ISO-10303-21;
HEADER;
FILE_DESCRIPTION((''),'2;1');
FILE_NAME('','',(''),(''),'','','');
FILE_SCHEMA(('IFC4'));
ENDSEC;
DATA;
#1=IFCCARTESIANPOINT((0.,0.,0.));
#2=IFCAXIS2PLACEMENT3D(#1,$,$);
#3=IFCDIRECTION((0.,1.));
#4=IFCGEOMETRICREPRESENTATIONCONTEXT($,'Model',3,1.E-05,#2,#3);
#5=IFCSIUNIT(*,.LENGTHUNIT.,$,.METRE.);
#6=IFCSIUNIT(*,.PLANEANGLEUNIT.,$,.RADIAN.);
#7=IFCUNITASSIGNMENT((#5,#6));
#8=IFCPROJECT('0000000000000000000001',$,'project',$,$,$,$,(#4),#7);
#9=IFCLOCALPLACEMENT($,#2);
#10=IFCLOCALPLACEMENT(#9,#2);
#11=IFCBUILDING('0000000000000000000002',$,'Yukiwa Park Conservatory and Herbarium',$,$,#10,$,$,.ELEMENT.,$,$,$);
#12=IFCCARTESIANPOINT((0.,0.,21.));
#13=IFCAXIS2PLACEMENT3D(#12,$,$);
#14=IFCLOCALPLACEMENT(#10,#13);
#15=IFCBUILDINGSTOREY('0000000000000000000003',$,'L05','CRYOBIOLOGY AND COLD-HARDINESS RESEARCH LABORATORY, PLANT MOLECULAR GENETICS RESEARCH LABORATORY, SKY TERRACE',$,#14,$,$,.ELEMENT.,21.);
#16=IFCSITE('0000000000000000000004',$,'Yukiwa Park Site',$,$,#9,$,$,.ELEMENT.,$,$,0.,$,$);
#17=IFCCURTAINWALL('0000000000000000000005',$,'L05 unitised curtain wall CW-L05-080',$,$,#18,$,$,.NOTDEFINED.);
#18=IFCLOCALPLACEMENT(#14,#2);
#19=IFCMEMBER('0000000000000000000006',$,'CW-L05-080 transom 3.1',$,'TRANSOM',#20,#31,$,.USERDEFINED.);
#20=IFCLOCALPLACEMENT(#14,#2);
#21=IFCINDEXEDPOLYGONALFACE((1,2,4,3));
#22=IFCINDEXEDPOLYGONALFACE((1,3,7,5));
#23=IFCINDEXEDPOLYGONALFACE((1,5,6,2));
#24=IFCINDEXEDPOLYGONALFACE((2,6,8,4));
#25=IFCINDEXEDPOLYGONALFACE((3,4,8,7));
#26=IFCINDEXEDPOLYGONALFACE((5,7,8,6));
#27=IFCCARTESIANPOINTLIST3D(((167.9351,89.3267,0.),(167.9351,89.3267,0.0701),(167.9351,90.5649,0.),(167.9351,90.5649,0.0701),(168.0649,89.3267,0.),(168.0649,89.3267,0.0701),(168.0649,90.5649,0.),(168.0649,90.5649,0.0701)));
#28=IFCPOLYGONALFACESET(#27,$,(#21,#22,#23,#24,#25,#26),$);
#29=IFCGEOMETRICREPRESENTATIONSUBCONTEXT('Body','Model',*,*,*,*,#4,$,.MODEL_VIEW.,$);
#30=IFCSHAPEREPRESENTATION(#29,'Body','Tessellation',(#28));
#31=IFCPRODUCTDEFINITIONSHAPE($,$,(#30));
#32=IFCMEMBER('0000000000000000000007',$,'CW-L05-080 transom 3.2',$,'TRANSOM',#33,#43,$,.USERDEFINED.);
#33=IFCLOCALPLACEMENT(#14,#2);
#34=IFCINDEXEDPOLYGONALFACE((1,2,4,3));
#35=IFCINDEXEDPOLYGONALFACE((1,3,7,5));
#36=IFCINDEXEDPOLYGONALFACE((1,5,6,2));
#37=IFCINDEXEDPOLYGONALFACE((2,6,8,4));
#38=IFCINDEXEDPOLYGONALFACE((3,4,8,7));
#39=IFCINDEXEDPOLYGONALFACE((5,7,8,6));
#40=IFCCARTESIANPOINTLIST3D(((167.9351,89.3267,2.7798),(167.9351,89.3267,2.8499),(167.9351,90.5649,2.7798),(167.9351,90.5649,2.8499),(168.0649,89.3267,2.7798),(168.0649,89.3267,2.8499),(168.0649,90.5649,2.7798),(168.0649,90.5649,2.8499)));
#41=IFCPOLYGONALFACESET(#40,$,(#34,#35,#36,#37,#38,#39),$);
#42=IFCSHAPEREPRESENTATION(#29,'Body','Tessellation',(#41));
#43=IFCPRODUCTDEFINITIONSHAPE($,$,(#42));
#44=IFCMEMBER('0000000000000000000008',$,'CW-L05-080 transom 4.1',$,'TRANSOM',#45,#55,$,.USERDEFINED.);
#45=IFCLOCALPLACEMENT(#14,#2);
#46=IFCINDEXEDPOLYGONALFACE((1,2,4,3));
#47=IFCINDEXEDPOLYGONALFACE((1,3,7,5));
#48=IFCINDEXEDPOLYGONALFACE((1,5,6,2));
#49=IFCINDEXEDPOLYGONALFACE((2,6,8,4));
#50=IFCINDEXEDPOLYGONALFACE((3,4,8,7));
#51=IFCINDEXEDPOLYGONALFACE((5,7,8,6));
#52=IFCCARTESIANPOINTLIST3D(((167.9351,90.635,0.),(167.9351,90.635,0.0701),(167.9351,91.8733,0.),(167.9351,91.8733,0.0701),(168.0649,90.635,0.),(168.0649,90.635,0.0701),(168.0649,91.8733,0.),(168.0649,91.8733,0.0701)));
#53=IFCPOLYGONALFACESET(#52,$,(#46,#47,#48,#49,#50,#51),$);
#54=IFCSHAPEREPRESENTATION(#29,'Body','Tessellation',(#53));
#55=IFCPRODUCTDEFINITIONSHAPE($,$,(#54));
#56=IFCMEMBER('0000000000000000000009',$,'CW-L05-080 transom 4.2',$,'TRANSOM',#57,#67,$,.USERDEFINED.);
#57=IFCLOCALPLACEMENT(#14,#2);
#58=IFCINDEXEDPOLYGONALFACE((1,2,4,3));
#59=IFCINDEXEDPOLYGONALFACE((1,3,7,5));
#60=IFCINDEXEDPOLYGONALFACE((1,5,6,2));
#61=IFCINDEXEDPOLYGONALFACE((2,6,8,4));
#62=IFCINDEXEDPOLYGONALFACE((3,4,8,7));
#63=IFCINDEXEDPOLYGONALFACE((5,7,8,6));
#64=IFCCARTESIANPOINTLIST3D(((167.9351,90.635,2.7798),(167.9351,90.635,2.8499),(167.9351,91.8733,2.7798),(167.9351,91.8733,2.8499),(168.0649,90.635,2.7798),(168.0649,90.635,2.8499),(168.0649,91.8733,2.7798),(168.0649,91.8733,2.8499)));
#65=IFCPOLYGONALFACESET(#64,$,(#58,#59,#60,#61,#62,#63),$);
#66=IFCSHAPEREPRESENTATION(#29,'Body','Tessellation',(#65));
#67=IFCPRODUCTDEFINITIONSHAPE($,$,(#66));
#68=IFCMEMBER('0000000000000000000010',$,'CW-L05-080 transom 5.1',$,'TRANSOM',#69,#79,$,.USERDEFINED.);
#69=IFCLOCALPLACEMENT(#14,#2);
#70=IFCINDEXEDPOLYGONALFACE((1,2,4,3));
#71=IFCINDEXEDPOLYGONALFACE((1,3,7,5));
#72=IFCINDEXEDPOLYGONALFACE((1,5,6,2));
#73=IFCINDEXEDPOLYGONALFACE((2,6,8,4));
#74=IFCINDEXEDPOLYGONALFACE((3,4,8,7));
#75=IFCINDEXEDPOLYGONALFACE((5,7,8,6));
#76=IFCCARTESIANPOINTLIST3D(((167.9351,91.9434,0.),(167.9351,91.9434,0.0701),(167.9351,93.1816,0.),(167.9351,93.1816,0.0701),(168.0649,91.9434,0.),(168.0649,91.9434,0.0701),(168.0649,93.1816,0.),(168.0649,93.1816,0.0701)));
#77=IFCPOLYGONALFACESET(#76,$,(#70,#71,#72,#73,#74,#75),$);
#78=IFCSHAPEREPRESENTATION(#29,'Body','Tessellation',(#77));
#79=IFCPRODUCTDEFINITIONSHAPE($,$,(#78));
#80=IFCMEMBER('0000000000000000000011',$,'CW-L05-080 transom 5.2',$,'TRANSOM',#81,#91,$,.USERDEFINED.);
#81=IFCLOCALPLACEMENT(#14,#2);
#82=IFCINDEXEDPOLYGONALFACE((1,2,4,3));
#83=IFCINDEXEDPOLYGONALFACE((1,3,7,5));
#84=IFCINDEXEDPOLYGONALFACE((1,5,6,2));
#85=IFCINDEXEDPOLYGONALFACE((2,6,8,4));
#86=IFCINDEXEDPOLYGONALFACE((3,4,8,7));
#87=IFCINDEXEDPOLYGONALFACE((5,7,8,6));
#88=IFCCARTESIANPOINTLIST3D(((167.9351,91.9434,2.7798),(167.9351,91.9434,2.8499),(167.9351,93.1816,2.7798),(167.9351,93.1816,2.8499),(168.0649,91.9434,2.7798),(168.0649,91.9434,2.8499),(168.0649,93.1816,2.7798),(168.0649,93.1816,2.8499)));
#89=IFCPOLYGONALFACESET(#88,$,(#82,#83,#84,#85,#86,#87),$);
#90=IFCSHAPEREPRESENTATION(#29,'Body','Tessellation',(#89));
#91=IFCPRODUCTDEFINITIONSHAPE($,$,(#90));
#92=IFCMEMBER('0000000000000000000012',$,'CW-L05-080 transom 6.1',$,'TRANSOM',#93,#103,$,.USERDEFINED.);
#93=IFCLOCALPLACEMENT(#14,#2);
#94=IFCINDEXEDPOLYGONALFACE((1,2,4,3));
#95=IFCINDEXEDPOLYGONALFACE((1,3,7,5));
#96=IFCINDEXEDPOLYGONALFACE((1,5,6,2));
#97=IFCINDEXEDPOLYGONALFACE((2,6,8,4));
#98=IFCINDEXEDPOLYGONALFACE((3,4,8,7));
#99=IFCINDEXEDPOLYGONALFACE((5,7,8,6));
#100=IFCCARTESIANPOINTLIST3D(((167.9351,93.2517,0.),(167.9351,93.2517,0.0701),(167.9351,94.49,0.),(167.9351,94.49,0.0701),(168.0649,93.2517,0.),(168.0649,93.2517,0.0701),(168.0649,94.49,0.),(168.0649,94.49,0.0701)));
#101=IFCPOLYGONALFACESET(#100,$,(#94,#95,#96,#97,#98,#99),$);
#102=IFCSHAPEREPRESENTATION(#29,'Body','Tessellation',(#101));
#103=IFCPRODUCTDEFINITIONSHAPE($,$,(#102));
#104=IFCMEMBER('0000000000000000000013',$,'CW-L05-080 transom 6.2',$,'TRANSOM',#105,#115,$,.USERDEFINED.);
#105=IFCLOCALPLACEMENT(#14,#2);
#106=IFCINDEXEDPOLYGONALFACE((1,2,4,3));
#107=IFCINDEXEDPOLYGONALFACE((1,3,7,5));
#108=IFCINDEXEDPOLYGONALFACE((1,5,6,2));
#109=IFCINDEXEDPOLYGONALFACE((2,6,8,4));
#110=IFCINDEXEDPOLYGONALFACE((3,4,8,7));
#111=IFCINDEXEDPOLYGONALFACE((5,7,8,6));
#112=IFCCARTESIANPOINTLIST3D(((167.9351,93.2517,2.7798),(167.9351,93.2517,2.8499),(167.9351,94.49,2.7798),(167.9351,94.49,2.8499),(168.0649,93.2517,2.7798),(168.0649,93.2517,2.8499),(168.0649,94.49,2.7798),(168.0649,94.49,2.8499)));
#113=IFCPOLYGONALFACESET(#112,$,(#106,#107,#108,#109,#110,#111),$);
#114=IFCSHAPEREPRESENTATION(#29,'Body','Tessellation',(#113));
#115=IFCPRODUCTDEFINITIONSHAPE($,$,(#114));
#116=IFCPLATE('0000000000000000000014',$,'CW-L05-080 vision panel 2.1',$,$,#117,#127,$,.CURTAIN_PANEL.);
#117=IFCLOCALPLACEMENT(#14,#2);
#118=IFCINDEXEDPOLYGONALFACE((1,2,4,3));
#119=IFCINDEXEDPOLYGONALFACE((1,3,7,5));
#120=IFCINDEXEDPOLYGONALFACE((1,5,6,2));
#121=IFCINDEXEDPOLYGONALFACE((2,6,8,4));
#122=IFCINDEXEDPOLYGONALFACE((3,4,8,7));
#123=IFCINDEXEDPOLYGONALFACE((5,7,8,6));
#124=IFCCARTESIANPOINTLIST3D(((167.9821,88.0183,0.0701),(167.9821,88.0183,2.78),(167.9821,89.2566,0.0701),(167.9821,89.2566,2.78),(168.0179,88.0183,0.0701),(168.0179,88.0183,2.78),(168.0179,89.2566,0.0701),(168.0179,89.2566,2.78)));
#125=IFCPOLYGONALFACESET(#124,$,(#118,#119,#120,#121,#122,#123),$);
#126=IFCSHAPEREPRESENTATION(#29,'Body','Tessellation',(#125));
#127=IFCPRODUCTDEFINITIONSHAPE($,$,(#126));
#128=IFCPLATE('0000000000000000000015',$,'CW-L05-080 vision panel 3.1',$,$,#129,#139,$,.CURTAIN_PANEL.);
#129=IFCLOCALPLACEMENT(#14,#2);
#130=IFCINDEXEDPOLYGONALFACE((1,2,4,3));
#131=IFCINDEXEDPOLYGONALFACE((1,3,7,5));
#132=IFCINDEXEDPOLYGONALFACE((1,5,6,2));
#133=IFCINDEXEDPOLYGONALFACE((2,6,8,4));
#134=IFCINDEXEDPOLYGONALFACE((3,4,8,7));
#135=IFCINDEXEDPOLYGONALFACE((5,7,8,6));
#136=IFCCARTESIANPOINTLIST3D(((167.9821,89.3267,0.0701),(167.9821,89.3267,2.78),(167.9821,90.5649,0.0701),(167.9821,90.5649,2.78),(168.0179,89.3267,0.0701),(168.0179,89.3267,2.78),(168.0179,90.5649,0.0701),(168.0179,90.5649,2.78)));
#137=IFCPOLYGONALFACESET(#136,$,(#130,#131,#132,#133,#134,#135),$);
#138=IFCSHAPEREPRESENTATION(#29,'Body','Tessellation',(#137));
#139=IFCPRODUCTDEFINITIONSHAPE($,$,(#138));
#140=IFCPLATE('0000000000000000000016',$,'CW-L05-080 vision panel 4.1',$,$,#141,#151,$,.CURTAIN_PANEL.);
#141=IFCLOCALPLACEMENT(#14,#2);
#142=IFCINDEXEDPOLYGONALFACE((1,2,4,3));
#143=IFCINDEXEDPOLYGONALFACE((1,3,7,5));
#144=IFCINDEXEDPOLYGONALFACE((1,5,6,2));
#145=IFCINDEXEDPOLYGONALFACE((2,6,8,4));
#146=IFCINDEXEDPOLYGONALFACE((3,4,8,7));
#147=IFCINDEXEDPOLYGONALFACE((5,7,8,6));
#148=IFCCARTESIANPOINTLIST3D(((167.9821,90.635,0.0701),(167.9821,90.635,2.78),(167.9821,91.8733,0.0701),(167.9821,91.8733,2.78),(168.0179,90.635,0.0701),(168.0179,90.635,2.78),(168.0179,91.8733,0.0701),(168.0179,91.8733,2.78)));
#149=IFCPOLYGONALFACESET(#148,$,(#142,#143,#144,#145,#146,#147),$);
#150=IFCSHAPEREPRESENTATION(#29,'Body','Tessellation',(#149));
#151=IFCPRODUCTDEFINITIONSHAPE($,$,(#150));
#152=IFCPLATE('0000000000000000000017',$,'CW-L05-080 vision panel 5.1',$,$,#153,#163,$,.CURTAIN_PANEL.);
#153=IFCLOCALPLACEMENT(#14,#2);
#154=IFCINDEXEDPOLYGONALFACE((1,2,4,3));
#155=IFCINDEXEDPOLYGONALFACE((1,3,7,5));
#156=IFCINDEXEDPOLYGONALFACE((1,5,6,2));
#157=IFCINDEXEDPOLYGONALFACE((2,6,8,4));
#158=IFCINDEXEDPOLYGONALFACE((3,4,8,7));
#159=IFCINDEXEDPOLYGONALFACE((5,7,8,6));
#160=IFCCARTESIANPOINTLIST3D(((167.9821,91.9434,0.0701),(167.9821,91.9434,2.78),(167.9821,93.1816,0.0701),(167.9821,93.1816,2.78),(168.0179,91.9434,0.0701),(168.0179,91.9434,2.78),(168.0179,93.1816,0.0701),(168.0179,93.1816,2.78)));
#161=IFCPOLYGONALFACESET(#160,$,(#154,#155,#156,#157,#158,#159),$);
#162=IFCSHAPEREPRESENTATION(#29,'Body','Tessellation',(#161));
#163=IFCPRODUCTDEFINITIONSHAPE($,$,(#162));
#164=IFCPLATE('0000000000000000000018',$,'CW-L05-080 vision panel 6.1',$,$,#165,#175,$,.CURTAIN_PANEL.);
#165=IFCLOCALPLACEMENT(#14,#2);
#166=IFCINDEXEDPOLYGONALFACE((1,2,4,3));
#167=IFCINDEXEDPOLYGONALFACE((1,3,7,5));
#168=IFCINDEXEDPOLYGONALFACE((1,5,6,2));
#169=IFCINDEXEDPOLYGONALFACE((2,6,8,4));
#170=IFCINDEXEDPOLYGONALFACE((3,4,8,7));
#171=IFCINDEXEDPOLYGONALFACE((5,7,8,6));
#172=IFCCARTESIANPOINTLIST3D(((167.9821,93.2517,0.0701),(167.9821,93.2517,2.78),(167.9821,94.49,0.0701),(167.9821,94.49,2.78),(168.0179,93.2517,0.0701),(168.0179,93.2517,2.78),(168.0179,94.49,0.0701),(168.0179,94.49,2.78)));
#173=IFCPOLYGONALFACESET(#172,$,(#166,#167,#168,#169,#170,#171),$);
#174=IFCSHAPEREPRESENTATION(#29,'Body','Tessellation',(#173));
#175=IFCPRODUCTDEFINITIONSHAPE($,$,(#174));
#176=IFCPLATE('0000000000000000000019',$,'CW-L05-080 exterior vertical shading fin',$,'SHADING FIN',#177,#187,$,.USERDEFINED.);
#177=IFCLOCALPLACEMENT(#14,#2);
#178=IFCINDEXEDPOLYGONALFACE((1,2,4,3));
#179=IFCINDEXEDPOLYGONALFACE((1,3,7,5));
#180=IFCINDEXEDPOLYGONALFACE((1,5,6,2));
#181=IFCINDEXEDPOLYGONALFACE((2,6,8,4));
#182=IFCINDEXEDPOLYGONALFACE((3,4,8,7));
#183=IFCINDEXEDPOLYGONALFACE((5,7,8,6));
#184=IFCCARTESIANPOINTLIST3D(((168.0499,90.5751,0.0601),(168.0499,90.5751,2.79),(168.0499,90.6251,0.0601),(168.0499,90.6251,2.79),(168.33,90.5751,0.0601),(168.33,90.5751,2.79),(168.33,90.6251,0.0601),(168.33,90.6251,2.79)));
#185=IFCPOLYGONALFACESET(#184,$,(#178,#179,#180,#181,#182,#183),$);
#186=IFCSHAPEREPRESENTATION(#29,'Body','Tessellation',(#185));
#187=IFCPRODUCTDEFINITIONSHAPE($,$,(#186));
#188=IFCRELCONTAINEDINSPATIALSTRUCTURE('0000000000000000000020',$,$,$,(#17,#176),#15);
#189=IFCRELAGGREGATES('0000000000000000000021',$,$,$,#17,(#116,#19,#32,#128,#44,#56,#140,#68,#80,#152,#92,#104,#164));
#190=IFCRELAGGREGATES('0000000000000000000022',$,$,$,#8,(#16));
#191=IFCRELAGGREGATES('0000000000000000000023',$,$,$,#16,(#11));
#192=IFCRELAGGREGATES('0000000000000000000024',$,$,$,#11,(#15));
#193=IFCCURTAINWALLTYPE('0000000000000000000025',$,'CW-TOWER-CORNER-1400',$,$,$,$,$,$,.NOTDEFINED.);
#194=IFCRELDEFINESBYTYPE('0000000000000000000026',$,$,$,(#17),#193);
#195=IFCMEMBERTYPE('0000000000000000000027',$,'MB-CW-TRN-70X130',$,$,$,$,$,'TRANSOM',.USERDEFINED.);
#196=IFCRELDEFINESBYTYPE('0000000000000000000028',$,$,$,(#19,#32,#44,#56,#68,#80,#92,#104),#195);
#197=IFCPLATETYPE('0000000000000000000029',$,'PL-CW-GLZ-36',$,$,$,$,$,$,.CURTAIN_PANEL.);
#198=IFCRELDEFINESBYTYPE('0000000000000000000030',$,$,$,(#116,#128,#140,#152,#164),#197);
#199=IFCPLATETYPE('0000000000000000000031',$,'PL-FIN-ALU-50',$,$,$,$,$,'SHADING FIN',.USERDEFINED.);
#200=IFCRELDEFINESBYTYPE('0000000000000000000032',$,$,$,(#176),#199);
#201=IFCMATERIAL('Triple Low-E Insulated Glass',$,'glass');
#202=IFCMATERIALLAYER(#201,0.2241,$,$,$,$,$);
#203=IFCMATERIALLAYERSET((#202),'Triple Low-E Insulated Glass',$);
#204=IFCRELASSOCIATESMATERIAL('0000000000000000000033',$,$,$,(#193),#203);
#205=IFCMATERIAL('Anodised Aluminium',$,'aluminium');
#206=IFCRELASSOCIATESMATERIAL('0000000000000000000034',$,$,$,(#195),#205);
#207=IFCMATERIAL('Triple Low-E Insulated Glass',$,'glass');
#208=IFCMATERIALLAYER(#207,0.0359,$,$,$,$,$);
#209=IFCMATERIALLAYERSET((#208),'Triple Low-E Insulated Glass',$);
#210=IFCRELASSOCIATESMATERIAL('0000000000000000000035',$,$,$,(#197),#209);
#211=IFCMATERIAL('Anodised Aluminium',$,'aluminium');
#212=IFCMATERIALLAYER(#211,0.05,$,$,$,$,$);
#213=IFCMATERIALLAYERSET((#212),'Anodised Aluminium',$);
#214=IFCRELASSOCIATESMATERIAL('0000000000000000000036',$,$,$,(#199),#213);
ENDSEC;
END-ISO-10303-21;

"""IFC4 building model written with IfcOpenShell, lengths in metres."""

from ifc_helpers import new_model, si_unit, direction, frame, origin, origin_2d, place, context, subcontext, project, spatial, rectangle, extrude, material, layer, layer_set, type_object, element, aggregate, save


model = new_model("IFC4")

# Units and contexts
model_context = context("Model", 3, precision=1e-05, world=origin(), true_north=direction((0.0, 1.0)))
body_context = subcontext(model_context, "Body", "Model", "MODEL_VIEW")
ifc_project = project(units=[si_unit("LENGTHUNIT", "METRE"), si_unit("PLANEANGLEUNIT", "RADIAN")], contexts=[model_context])

# Site, building, storey
site_placement = place(None, origin())
site = spatial("IfcSite", under=ifc_project, at=site_placement, Name="Yukiwa Park Site", CompositionType="ELEMENT", RefElevation=0.0)
building_placement = place(site_placement, origin())
building = spatial("IfcBuilding", under=site, at=building_placement, Name="Yukiwa Park Conservatory and Herbarium", CompositionType="ELEMENT")
storey_placement = place(building_placement, frame((0.0, 0.0, 21.0)))
storey = spatial("IfcBuildingStorey", under=building, at=storey_placement, Name="L05", Description="CRYOBIOLOGY AND COLD-HARDINESS RESEARCH LABORATORY, PLANT MOLECULAR GENETICS RESEARCH LABORATORY, SKY TERRACE", CompositionType="ELEMENT", Elevation=21.0)

# Curtain wall, members, plates
ifc_material_1 = material(Name="Triple Low-E Insulated Glass", Category="glass")
ifc_layer_1 = layer(ifc_material_1, 0.2241)
ifc_layer_set_1 = layer_set([ifc_layer_1], Name="Triple Low-E Insulated Glass")
curtain_wall_type = type_object("IfcCurtainWallType", Name="CW-TOWER-CORNER-1400", PredefinedType="NOTDEFINED", material=ifc_layer_set_1)
curtain_wall_placement = place(storey_placement, origin())
curtain_wall = element("IfcCurtainWall", 1, at=curtain_wall_placement, inside=storey, type_object=curtain_wall_type, Name="L05 unitised curtain wall CW-L05-080", PredefinedType="NOTDEFINED")
ifc_material_2 = material(Name="Anodised Aluminium", Category="aluminium")
member_type_1 = type_object("IfcMemberType", Name="MB-CW-TRN-70X130", ElementType="TRANSOM", PredefinedType="USERDEFINED", material=ifc_material_2)
member_1_placement = place(storey_placement, frame((168.0, 89.9458, 0.0), z_axis=(0.0, 0.0, 1.0), x_axis=(0.0, 1.0, 0.0)))
member_1 = element("IfcMember", 2, at=member_1_placement, type_object=member_type_1, Name="CW-L05-080 transom 3.1", ObjectType="TRANSOM", PredefinedType="USERDEFINED", context=body_context, shape_type="SweptSolid", body=[
    extrude(rectangle(XDim=1.2383, YDim=0.1299, at=origin_2d()), origin(), (0.0, 0.0, 1.0), 0.0701),
])
member_2_placement = place(storey_placement, frame((168.0, 89.9458, 2.7798), z_axis=(0.0, 0.0, 1.0), x_axis=(0.0, 1.0, 0.0)))
member_2 = element("IfcMember", 3, at=member_2_placement, type_object=member_type_1, Name="CW-L05-080 transom 3.2", ObjectType="TRANSOM", PredefinedType="USERDEFINED", context=body_context, shape_type="SweptSolid", body=[
    extrude(rectangle(XDim=1.2383, YDim=0.1299, at=origin_2d()), origin(), (0.0, 0.0, 1.0), 0.0701),
])
member_3_placement = place(storey_placement, frame((168.0, 91.2542, 0.0), z_axis=(0.0, 0.0, 1.0), x_axis=(0.0, 1.0, 0.0)))
member_3 = element("IfcMember", 4, at=member_3_placement, type_object=member_type_1, Name="CW-L05-080 transom 4.1", ObjectType="TRANSOM", PredefinedType="USERDEFINED", context=body_context, shape_type="SweptSolid", body=[
    extrude(rectangle(XDim=1.2383, YDim=0.1299, at=origin_2d()), origin(), (0.0, 0.0, 1.0), 0.0701),
])
member_4_placement = place(storey_placement, frame((168.0, 91.2542, 2.7798), z_axis=(0.0, 0.0, 1.0), x_axis=(0.0, 1.0, 0.0)))
member_4 = element("IfcMember", 5, at=member_4_placement, type_object=member_type_1, Name="CW-L05-080 transom 4.2", ObjectType="TRANSOM", PredefinedType="USERDEFINED", context=body_context, shape_type="SweptSolid", body=[
    extrude(rectangle(XDim=1.2383, YDim=0.1299, at=origin_2d()), origin(), (0.0, 0.0, 1.0), 0.0701),
])
member_5_placement = place(storey_placement, frame((168.0, 92.5625, 0.0), z_axis=(0.0, 0.0, 1.0), x_axis=(0.0, 1.0, 0.0)))
member_5 = element("IfcMember", 6, at=member_5_placement, type_object=member_type_1, Name="CW-L05-080 transom 5.1", ObjectType="TRANSOM", PredefinedType="USERDEFINED", context=body_context, shape_type="SweptSolid", body=[
    extrude(rectangle(XDim=1.2383, YDim=0.1299, at=origin_2d()), origin(), (0.0, 0.0, 1.0), 0.0701),
])
member_6_placement = place(storey_placement, frame((168.0, 92.5625, 2.7798), z_axis=(0.0, 0.0, 1.0), x_axis=(0.0, 1.0, 0.0)))
member_6 = element("IfcMember", 7, at=member_6_placement, type_object=member_type_1, Name="CW-L05-080 transom 5.2", ObjectType="TRANSOM", PredefinedType="USERDEFINED", context=body_context, shape_type="SweptSolid", body=[
    extrude(rectangle(XDim=1.2383, YDim=0.1299, at=origin_2d()), origin(), (0.0, 0.0, 1.0), 0.0701),
])
member_7_placement = place(storey_placement, frame((168.0, 93.8708, 0.0), z_axis=(0.0, 0.0, 1.0), x_axis=(0.0, 1.0, 0.0)))
member_7 = element("IfcMember", 8, at=member_7_placement, type_object=member_type_1, Name="CW-L05-080 transom 6.1", ObjectType="TRANSOM", PredefinedType="USERDEFINED", context=body_context, shape_type="SweptSolid", body=[
    extrude(rectangle(XDim=1.2383, YDim=0.1299, at=origin_2d()), origin(), (0.0, 0.0, 1.0), 0.0701),
])
member_8_placement = place(storey_placement, frame((168.0, 93.8708, 2.7798), z_axis=(0.0, 0.0, 1.0), x_axis=(0.0, 1.0, 0.0)))
member_8 = element("IfcMember", 9, at=member_8_placement, type_object=member_type_1, Name="CW-L05-080 transom 6.2", ObjectType="TRANSOM", PredefinedType="USERDEFINED", context=body_context, shape_type="SweptSolid", body=[
    extrude(rectangle(XDim=1.2383, YDim=0.1299, at=origin_2d()), origin(), (0.0, 0.0, 1.0), 0.0701),
])
ifc_material_3 = material(Name="Triple Low-E Insulated Glass", Category="glass")
ifc_layer_2 = layer(ifc_material_3, 0.0359)
ifc_layer_set_2 = layer_set([ifc_layer_2], Name="Triple Low-E Insulated Glass")
plate_type_1 = type_object("IfcPlateType", Name="PL-CW-GLZ-36", PredefinedType="CURTAIN_PANEL", material=ifc_layer_set_2)
plate_1_placement = place(storey_placement, frame((168.0, 88.6375, 0.0701), z_axis=(0.0, 0.0, 1.0), x_axis=(0.0, 1.0, 0.0)))
plate_1 = element("IfcPlate", 10, at=plate_1_placement, type_object=plate_type_1, Name="CW-L05-080 vision panel 2.1", PredefinedType="CURTAIN_PANEL", context=body_context, shape_type="SweptSolid", body=[
    extrude(rectangle(XDim=1.2383, YDim=0.0359, at=origin_2d()), origin(), (0.0, 0.0, 1.0), 2.71),
])
plate_2_placement = place(storey_placement, frame((168.0, 89.9458, 0.0701), z_axis=(0.0, 0.0, 1.0), x_axis=(0.0, 1.0, 0.0)))
plate_2 = element("IfcPlate", 11, at=plate_2_placement, type_object=plate_type_1, Name="CW-L05-080 vision panel 3.1", PredefinedType="CURTAIN_PANEL", context=body_context, shape_type="SweptSolid", body=[
    extrude(rectangle(XDim=1.2383, YDim=0.0359, at=origin_2d()), origin(), (0.0, 0.0, 1.0), 2.71),
])
plate_3_placement = place(storey_placement, frame((168.0, 91.2542, 0.0701), z_axis=(0.0, 0.0, 1.0), x_axis=(0.0, 1.0, 0.0)))
plate_3 = element("IfcPlate", 12, at=plate_3_placement, type_object=plate_type_1, Name="CW-L05-080 vision panel 4.1", PredefinedType="CURTAIN_PANEL", context=body_context, shape_type="SweptSolid", body=[
    extrude(rectangle(XDim=1.2383, YDim=0.0359, at=origin_2d()), origin(), (0.0, 0.0, 1.0), 2.71),
])
plate_4_placement = place(storey_placement, frame((168.0, 92.5625, 0.0701), z_axis=(0.0, 0.0, 1.0), x_axis=(0.0, 1.0, 0.0)))
plate_4 = element("IfcPlate", 13, at=plate_4_placement, type_object=plate_type_1, Name="CW-L05-080 vision panel 5.1", PredefinedType="CURTAIN_PANEL", context=body_context, shape_type="SweptSolid", body=[
    extrude(rectangle(XDim=1.2383, YDim=0.0359, at=origin_2d()), origin(), (0.0, 0.0, 1.0), 2.71),
])
plate_5_placement = place(storey_placement, frame((168.0, 93.8708, 0.0701), z_axis=(0.0, 0.0, 1.0), x_axis=(0.0, 1.0, 0.0)))
plate_5 = element("IfcPlate", 14, at=plate_5_placement, type_object=plate_type_1, Name="CW-L05-080 vision panel 6.1", PredefinedType="CURTAIN_PANEL", context=body_context, shape_type="SweptSolid", body=[
    extrude(rectangle(XDim=1.2383, YDim=0.0359, at=origin_2d()), origin(), (0.0, 0.0, 1.0), 2.71),
])
aggregate(curtain_wall, [plate_1, member_1, member_2, plate_2, member_3, member_4, plate_3, member_5, member_6, plate_4, member_7, member_8, plate_5])

# Plate
ifc_material_4 = material(Name="Anodised Aluminium", Category="aluminium")
ifc_layer_3 = layer(ifc_material_4, 0.05)
ifc_layer_set_3 = layer_set([ifc_layer_3], Name="Anodised Aluminium")
plate_type_2 = type_object("IfcPlateType", Name="PL-FIN-ALU-50", ElementType="SHADING FIN", PredefinedType="USERDEFINED", material=ifc_layer_set_3)
plate_6_placement = place(storey_placement, frame((168.1899, 90.6001, 0.0601), z_axis=(0.0, 0.0, 1.0), x_axis=(0.0, 1.0, 0.0)))
element("IfcPlate", 15, at=plate_6_placement, inside=storey, type_object=plate_type_2, Name="CW-L05-080 exterior vertical shading fin", ObjectType="SHADING FIN", PredefinedType="USERDEFINED", context=body_context, shape_type="SweptSolid", body=[
    extrude(rectangle(XDim=0.05, YDim=0.28, at=origin_2d()), origin(), (0.0, 0.0, 1.0), 2.73),
])

save(model, "model.ifc")
